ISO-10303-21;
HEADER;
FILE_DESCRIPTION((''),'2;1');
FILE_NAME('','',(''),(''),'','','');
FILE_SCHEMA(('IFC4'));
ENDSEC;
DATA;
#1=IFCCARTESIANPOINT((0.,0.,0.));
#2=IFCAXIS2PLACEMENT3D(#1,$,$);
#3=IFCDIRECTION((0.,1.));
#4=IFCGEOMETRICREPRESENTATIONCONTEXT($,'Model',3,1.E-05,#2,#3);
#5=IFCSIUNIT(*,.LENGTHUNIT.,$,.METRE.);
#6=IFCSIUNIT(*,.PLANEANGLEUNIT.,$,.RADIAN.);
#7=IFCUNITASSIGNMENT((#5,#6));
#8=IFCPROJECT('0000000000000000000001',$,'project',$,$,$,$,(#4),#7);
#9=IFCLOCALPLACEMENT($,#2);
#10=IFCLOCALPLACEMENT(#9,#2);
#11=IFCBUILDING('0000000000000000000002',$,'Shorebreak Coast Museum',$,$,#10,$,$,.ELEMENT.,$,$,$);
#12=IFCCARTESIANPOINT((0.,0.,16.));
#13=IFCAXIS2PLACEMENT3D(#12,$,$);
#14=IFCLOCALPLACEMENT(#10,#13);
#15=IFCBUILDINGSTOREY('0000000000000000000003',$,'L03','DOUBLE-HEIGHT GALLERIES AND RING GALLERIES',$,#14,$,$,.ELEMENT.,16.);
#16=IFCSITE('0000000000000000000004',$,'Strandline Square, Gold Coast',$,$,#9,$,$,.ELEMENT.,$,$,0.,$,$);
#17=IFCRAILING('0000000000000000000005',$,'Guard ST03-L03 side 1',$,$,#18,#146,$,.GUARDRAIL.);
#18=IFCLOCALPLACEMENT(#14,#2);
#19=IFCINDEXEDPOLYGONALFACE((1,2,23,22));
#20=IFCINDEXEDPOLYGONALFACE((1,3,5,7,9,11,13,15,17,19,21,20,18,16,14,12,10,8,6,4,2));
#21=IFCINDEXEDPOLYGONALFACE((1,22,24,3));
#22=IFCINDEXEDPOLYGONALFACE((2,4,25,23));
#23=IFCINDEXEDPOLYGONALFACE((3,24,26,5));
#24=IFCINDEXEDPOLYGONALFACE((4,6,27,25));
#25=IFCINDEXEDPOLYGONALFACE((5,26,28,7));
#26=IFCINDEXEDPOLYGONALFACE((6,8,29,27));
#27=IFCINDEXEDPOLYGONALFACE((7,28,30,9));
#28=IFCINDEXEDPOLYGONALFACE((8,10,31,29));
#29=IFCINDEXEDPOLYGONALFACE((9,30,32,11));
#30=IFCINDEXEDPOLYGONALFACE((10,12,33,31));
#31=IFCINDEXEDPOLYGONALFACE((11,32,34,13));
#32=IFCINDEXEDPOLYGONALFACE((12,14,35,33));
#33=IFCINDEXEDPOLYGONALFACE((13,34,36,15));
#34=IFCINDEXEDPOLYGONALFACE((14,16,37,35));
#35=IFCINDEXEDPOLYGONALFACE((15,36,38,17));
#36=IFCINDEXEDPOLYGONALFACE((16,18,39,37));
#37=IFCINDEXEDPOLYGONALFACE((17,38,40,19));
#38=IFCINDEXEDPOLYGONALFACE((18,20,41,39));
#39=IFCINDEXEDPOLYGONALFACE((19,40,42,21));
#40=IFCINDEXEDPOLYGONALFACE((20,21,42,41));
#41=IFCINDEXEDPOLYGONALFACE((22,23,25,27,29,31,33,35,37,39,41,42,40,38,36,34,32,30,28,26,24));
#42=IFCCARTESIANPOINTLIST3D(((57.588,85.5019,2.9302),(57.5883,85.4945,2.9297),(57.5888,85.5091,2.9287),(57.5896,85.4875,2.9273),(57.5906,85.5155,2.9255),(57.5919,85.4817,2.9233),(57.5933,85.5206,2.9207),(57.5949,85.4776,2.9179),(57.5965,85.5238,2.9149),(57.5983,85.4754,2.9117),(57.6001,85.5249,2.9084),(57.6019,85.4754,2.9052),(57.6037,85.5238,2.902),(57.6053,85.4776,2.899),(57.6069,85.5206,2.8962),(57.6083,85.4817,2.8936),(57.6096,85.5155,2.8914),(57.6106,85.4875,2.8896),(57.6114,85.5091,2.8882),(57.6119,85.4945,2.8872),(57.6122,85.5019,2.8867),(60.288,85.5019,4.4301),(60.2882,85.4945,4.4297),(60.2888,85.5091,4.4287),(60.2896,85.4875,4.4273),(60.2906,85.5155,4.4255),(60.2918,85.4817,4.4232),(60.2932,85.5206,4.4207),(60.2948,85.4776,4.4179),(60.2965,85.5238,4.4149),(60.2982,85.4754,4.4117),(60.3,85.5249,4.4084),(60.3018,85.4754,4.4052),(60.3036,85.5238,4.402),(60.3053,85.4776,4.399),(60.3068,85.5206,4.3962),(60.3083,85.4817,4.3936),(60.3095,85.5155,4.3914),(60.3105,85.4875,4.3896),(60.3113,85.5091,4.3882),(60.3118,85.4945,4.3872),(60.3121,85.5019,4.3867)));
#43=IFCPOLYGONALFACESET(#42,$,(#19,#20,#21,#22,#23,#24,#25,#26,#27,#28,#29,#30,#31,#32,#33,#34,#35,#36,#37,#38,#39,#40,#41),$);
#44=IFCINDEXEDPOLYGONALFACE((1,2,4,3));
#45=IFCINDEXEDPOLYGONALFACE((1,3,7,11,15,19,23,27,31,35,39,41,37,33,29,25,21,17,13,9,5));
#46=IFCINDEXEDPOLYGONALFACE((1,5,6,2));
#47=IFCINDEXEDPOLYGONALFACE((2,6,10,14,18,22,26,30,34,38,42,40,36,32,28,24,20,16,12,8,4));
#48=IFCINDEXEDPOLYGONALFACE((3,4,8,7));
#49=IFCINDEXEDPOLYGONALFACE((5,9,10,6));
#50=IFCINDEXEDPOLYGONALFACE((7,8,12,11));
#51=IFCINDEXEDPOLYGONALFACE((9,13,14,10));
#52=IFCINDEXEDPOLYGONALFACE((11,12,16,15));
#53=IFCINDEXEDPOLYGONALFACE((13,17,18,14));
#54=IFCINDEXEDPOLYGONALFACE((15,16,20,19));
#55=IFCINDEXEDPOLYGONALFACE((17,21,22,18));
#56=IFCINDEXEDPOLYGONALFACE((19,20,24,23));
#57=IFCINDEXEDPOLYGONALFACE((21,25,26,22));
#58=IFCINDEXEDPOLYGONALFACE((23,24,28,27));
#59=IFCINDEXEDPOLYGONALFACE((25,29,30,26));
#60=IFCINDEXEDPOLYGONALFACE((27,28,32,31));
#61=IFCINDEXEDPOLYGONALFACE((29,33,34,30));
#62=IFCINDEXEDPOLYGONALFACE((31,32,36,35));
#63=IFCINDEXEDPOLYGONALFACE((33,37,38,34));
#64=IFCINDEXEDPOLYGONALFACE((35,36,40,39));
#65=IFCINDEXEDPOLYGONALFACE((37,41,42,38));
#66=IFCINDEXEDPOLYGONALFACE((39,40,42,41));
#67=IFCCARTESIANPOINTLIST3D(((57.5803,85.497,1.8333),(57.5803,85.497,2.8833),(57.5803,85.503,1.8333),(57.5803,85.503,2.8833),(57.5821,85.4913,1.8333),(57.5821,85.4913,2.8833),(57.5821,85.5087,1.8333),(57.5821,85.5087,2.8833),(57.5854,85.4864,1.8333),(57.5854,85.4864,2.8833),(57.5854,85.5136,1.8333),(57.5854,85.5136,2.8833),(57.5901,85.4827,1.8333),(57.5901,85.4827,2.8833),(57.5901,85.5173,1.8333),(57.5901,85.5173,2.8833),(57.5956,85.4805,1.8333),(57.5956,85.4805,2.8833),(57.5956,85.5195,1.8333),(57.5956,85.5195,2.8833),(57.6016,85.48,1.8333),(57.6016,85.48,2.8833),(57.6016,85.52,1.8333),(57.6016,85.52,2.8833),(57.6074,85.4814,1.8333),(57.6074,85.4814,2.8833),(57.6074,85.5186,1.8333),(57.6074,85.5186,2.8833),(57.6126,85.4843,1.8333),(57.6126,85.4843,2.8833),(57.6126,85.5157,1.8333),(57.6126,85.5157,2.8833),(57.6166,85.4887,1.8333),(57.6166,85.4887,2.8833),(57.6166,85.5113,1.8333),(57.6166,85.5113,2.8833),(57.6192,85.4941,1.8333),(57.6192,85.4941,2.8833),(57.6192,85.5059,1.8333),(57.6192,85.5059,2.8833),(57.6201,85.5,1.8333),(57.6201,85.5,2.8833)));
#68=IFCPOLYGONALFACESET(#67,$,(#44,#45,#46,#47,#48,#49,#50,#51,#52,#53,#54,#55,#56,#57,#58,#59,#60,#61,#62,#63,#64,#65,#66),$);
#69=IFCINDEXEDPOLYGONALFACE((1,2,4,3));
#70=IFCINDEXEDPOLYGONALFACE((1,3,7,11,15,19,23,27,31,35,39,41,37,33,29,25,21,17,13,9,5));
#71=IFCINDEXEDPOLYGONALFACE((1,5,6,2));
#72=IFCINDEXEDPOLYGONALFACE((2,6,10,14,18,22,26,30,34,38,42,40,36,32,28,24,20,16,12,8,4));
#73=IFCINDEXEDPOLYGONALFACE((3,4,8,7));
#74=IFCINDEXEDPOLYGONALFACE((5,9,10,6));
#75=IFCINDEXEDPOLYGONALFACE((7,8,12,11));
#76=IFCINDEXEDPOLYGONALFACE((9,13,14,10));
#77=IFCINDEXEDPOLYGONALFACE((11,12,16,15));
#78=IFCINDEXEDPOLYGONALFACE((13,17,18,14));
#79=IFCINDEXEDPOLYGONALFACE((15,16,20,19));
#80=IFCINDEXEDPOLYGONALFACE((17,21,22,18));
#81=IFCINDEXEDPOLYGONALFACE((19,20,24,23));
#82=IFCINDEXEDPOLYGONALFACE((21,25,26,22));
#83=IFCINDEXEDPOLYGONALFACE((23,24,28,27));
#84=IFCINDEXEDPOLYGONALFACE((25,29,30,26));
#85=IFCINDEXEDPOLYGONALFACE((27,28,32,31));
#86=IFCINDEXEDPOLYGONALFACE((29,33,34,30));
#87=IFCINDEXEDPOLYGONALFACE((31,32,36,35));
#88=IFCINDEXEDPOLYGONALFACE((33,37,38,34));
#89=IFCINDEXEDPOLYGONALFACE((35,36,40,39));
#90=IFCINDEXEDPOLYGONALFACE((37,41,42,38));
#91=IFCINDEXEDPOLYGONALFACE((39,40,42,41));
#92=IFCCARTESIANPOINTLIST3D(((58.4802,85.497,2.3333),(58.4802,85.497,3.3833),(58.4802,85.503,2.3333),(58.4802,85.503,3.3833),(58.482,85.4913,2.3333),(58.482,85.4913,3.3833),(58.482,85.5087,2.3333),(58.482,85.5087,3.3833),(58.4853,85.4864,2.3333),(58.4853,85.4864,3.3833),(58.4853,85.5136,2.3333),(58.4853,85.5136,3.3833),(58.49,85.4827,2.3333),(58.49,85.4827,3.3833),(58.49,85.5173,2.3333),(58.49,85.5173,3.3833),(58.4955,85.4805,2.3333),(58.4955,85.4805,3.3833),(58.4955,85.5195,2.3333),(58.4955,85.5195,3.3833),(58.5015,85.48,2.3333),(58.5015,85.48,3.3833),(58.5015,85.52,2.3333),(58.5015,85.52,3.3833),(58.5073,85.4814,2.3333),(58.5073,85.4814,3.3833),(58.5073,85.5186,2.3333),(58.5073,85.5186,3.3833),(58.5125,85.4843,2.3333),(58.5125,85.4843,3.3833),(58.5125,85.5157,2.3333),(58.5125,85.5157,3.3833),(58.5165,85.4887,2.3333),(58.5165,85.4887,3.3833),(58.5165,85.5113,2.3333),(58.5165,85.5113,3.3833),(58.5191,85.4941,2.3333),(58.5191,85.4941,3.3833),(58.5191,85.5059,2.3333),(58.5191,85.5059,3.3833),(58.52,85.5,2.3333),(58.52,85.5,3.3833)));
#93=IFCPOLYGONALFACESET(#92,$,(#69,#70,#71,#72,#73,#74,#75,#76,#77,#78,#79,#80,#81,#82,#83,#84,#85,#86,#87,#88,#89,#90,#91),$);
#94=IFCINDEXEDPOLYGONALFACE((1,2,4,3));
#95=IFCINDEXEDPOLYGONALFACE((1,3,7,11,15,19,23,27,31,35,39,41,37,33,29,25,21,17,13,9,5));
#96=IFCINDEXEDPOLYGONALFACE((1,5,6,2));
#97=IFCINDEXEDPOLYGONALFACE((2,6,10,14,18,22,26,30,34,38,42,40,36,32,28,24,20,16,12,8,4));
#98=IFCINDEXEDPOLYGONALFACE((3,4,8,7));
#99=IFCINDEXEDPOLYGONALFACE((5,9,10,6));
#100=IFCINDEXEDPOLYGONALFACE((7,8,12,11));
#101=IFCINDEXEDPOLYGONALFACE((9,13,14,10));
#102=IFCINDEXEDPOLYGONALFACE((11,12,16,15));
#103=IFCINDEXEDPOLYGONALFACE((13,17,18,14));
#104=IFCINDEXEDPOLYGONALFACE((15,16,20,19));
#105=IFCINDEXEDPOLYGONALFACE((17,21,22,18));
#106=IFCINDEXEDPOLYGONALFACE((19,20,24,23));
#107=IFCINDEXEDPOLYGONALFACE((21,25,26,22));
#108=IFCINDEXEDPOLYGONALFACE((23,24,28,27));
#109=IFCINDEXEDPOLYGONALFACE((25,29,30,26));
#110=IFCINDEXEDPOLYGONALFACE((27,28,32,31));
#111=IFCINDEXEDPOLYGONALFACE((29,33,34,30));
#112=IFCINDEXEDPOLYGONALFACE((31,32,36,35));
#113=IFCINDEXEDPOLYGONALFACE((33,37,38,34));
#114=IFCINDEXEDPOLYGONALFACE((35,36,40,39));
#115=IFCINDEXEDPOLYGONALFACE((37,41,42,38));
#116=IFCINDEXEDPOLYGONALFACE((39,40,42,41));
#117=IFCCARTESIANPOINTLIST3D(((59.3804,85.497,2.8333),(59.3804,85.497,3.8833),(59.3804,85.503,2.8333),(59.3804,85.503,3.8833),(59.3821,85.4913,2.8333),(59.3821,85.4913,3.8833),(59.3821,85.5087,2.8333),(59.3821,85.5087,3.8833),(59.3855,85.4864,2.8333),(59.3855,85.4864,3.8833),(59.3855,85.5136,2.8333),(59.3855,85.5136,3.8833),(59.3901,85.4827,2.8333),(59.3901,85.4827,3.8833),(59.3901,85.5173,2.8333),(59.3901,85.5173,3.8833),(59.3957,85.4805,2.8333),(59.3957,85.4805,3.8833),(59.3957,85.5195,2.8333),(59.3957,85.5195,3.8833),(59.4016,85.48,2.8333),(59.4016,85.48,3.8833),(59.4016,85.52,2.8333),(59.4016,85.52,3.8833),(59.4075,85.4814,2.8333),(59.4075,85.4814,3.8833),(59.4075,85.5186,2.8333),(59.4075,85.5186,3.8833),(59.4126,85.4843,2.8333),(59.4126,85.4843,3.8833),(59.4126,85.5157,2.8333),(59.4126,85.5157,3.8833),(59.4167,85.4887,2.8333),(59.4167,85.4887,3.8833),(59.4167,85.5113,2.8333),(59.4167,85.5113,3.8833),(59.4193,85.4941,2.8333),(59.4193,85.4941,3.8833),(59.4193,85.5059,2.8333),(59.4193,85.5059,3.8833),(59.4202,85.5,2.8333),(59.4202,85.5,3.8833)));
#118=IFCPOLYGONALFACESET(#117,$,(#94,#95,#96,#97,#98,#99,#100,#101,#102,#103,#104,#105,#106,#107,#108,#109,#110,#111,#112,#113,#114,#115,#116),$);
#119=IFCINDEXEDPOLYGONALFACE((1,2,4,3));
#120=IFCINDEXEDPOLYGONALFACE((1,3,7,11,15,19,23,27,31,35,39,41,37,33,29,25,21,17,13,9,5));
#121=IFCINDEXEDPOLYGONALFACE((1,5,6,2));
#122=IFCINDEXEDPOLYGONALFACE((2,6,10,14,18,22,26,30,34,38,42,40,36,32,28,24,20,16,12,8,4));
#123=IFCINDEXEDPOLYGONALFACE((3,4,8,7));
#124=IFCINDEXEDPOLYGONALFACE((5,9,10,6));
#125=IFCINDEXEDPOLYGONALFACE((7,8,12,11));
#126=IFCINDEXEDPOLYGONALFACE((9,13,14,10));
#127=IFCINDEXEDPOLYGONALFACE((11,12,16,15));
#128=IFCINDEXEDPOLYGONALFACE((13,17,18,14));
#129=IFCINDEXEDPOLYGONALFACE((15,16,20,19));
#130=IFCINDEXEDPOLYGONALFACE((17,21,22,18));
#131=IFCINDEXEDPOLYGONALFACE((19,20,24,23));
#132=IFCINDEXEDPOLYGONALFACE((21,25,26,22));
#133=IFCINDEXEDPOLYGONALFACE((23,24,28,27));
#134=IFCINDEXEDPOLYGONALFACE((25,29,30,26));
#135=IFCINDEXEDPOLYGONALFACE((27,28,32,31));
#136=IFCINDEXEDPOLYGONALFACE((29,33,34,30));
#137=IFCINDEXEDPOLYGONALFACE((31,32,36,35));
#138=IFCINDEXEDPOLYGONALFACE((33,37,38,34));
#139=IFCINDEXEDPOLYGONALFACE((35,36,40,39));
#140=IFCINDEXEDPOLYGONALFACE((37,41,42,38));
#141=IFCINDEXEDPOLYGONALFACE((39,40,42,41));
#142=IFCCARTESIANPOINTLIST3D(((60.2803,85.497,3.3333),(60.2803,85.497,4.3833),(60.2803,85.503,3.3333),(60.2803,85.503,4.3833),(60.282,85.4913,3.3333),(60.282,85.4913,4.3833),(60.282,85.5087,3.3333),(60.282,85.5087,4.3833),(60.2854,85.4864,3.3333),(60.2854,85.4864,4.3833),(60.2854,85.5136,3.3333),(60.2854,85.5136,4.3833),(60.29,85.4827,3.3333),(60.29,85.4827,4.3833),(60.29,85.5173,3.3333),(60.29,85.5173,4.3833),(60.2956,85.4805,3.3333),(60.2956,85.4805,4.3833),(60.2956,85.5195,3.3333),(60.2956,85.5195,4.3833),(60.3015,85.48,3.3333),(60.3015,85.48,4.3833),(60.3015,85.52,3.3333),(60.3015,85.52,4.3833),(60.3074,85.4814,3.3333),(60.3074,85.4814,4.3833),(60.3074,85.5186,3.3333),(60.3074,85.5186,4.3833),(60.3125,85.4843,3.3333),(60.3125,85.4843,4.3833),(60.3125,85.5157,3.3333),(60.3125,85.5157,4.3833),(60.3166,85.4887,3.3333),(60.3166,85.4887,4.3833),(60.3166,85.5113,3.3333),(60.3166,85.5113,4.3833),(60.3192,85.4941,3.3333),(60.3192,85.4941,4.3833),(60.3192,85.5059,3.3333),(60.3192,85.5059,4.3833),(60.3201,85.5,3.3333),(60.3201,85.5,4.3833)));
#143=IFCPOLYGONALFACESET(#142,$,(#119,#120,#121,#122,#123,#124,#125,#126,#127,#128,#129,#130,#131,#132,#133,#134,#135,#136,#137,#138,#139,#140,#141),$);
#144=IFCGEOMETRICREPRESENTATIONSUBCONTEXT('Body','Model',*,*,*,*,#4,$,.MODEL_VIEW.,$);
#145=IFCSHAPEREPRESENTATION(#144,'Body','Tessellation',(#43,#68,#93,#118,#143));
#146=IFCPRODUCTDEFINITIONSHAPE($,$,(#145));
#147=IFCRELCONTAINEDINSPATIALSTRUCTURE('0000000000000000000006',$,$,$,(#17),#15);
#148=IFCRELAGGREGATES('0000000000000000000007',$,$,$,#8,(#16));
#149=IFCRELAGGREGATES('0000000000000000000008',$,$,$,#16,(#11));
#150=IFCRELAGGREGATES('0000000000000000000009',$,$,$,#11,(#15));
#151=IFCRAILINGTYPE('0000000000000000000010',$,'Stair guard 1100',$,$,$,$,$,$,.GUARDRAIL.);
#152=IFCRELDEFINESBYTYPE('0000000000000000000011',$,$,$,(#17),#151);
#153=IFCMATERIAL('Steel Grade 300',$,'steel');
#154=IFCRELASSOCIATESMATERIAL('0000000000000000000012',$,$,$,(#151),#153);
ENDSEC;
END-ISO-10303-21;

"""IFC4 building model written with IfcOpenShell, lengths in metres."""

from ifc_helpers import new_model, si_unit, direction, frame, origin, origin_2d, place, context, subcontext, project, spatial, circle, extrude, material, type_object, element, save


model = new_model("IFC4")

# Units and contexts
model_context = context("Model", 3, precision=1e-05, world=origin(), true_north=direction((0.0, 1.0)))
body_context = subcontext(model_context, "Body", "Model", "MODEL_VIEW")
ifc_project = project(units=[si_unit("LENGTHUNIT", "METRE"), si_unit("PLANEANGLEUNIT", "RADIAN")], contexts=[model_context])

# Site, building, storey
site_placement = place(None, origin())
site = spatial("IfcSite", under=ifc_project, at=site_placement, Name="Strandline Square, Gold Coast", CompositionType="ELEMENT", RefElevation=0.0)
building_placement = place(site_placement, origin())
building = spatial("IfcBuilding", under=site, at=building_placement, Name="Shorebreak Coast Museum", CompositionType="ELEMENT")
storey_placement = place(building_placement, frame((0.0, 0.0, 16.0)))
storey = spatial("IfcBuildingStorey", under=building, at=storey_placement, Name="L03", Description="DOUBLE-HEIGHT GALLERIES AND RING GALLERIES", CompositionType="ELEMENT", Elevation=16.0)

# Railing
ifc_material_1 = material(Name="Steel Grade 300", Category="steel")
railing_type_1 = type_object("IfcRailingType", Name="Stair guard 1100", PredefinedType="GUARDRAIL", material=ifc_material_1)
for number, where, name in (
    (1, (57.6001, 85.5, 1.8333), "Guard ST03-L03 side 1"),
):
    element("IfcRailing", number, at=place(storey_placement, frame(where)), inside=storey, type_object=railing_type_1, Name=name, PredefinedType="GUARDRAIL", context=body_context, shape_type="SweptSolid", body=[
        extrude(circle(Radius=0.0249, at=origin_2d()), frame((0.0, 0.0, 1.0752), z_axis=(0.874154, 0.0, 0.48565), x_axis=(0.0, 1.0, 0.0)), (0.0, 0.0, 1.0), 3.0886),
        extrude(circle(Radius=0.02, at=origin_2d()), origin(), (0.0, 0.0, 1.0), 1.05),
        extrude(circle(Radius=0.02, at=origin_2d()), frame((0.8999, 0.0, 0.5)), (0.0, 0.0, 1.0), 1.05),
        extrude(circle(Radius=0.02, at=origin_2d()), frame((1.8, 0.0, 1.0)), (0.0, 0.0, 1.0), 1.05),
        extrude(circle(Radius=0.02, at=origin_2d()), frame((2.7, 0.0, 1.5)), (0.0, 0.0, 1.0), 1.05),
    ])

save(model, "model.ifc")
